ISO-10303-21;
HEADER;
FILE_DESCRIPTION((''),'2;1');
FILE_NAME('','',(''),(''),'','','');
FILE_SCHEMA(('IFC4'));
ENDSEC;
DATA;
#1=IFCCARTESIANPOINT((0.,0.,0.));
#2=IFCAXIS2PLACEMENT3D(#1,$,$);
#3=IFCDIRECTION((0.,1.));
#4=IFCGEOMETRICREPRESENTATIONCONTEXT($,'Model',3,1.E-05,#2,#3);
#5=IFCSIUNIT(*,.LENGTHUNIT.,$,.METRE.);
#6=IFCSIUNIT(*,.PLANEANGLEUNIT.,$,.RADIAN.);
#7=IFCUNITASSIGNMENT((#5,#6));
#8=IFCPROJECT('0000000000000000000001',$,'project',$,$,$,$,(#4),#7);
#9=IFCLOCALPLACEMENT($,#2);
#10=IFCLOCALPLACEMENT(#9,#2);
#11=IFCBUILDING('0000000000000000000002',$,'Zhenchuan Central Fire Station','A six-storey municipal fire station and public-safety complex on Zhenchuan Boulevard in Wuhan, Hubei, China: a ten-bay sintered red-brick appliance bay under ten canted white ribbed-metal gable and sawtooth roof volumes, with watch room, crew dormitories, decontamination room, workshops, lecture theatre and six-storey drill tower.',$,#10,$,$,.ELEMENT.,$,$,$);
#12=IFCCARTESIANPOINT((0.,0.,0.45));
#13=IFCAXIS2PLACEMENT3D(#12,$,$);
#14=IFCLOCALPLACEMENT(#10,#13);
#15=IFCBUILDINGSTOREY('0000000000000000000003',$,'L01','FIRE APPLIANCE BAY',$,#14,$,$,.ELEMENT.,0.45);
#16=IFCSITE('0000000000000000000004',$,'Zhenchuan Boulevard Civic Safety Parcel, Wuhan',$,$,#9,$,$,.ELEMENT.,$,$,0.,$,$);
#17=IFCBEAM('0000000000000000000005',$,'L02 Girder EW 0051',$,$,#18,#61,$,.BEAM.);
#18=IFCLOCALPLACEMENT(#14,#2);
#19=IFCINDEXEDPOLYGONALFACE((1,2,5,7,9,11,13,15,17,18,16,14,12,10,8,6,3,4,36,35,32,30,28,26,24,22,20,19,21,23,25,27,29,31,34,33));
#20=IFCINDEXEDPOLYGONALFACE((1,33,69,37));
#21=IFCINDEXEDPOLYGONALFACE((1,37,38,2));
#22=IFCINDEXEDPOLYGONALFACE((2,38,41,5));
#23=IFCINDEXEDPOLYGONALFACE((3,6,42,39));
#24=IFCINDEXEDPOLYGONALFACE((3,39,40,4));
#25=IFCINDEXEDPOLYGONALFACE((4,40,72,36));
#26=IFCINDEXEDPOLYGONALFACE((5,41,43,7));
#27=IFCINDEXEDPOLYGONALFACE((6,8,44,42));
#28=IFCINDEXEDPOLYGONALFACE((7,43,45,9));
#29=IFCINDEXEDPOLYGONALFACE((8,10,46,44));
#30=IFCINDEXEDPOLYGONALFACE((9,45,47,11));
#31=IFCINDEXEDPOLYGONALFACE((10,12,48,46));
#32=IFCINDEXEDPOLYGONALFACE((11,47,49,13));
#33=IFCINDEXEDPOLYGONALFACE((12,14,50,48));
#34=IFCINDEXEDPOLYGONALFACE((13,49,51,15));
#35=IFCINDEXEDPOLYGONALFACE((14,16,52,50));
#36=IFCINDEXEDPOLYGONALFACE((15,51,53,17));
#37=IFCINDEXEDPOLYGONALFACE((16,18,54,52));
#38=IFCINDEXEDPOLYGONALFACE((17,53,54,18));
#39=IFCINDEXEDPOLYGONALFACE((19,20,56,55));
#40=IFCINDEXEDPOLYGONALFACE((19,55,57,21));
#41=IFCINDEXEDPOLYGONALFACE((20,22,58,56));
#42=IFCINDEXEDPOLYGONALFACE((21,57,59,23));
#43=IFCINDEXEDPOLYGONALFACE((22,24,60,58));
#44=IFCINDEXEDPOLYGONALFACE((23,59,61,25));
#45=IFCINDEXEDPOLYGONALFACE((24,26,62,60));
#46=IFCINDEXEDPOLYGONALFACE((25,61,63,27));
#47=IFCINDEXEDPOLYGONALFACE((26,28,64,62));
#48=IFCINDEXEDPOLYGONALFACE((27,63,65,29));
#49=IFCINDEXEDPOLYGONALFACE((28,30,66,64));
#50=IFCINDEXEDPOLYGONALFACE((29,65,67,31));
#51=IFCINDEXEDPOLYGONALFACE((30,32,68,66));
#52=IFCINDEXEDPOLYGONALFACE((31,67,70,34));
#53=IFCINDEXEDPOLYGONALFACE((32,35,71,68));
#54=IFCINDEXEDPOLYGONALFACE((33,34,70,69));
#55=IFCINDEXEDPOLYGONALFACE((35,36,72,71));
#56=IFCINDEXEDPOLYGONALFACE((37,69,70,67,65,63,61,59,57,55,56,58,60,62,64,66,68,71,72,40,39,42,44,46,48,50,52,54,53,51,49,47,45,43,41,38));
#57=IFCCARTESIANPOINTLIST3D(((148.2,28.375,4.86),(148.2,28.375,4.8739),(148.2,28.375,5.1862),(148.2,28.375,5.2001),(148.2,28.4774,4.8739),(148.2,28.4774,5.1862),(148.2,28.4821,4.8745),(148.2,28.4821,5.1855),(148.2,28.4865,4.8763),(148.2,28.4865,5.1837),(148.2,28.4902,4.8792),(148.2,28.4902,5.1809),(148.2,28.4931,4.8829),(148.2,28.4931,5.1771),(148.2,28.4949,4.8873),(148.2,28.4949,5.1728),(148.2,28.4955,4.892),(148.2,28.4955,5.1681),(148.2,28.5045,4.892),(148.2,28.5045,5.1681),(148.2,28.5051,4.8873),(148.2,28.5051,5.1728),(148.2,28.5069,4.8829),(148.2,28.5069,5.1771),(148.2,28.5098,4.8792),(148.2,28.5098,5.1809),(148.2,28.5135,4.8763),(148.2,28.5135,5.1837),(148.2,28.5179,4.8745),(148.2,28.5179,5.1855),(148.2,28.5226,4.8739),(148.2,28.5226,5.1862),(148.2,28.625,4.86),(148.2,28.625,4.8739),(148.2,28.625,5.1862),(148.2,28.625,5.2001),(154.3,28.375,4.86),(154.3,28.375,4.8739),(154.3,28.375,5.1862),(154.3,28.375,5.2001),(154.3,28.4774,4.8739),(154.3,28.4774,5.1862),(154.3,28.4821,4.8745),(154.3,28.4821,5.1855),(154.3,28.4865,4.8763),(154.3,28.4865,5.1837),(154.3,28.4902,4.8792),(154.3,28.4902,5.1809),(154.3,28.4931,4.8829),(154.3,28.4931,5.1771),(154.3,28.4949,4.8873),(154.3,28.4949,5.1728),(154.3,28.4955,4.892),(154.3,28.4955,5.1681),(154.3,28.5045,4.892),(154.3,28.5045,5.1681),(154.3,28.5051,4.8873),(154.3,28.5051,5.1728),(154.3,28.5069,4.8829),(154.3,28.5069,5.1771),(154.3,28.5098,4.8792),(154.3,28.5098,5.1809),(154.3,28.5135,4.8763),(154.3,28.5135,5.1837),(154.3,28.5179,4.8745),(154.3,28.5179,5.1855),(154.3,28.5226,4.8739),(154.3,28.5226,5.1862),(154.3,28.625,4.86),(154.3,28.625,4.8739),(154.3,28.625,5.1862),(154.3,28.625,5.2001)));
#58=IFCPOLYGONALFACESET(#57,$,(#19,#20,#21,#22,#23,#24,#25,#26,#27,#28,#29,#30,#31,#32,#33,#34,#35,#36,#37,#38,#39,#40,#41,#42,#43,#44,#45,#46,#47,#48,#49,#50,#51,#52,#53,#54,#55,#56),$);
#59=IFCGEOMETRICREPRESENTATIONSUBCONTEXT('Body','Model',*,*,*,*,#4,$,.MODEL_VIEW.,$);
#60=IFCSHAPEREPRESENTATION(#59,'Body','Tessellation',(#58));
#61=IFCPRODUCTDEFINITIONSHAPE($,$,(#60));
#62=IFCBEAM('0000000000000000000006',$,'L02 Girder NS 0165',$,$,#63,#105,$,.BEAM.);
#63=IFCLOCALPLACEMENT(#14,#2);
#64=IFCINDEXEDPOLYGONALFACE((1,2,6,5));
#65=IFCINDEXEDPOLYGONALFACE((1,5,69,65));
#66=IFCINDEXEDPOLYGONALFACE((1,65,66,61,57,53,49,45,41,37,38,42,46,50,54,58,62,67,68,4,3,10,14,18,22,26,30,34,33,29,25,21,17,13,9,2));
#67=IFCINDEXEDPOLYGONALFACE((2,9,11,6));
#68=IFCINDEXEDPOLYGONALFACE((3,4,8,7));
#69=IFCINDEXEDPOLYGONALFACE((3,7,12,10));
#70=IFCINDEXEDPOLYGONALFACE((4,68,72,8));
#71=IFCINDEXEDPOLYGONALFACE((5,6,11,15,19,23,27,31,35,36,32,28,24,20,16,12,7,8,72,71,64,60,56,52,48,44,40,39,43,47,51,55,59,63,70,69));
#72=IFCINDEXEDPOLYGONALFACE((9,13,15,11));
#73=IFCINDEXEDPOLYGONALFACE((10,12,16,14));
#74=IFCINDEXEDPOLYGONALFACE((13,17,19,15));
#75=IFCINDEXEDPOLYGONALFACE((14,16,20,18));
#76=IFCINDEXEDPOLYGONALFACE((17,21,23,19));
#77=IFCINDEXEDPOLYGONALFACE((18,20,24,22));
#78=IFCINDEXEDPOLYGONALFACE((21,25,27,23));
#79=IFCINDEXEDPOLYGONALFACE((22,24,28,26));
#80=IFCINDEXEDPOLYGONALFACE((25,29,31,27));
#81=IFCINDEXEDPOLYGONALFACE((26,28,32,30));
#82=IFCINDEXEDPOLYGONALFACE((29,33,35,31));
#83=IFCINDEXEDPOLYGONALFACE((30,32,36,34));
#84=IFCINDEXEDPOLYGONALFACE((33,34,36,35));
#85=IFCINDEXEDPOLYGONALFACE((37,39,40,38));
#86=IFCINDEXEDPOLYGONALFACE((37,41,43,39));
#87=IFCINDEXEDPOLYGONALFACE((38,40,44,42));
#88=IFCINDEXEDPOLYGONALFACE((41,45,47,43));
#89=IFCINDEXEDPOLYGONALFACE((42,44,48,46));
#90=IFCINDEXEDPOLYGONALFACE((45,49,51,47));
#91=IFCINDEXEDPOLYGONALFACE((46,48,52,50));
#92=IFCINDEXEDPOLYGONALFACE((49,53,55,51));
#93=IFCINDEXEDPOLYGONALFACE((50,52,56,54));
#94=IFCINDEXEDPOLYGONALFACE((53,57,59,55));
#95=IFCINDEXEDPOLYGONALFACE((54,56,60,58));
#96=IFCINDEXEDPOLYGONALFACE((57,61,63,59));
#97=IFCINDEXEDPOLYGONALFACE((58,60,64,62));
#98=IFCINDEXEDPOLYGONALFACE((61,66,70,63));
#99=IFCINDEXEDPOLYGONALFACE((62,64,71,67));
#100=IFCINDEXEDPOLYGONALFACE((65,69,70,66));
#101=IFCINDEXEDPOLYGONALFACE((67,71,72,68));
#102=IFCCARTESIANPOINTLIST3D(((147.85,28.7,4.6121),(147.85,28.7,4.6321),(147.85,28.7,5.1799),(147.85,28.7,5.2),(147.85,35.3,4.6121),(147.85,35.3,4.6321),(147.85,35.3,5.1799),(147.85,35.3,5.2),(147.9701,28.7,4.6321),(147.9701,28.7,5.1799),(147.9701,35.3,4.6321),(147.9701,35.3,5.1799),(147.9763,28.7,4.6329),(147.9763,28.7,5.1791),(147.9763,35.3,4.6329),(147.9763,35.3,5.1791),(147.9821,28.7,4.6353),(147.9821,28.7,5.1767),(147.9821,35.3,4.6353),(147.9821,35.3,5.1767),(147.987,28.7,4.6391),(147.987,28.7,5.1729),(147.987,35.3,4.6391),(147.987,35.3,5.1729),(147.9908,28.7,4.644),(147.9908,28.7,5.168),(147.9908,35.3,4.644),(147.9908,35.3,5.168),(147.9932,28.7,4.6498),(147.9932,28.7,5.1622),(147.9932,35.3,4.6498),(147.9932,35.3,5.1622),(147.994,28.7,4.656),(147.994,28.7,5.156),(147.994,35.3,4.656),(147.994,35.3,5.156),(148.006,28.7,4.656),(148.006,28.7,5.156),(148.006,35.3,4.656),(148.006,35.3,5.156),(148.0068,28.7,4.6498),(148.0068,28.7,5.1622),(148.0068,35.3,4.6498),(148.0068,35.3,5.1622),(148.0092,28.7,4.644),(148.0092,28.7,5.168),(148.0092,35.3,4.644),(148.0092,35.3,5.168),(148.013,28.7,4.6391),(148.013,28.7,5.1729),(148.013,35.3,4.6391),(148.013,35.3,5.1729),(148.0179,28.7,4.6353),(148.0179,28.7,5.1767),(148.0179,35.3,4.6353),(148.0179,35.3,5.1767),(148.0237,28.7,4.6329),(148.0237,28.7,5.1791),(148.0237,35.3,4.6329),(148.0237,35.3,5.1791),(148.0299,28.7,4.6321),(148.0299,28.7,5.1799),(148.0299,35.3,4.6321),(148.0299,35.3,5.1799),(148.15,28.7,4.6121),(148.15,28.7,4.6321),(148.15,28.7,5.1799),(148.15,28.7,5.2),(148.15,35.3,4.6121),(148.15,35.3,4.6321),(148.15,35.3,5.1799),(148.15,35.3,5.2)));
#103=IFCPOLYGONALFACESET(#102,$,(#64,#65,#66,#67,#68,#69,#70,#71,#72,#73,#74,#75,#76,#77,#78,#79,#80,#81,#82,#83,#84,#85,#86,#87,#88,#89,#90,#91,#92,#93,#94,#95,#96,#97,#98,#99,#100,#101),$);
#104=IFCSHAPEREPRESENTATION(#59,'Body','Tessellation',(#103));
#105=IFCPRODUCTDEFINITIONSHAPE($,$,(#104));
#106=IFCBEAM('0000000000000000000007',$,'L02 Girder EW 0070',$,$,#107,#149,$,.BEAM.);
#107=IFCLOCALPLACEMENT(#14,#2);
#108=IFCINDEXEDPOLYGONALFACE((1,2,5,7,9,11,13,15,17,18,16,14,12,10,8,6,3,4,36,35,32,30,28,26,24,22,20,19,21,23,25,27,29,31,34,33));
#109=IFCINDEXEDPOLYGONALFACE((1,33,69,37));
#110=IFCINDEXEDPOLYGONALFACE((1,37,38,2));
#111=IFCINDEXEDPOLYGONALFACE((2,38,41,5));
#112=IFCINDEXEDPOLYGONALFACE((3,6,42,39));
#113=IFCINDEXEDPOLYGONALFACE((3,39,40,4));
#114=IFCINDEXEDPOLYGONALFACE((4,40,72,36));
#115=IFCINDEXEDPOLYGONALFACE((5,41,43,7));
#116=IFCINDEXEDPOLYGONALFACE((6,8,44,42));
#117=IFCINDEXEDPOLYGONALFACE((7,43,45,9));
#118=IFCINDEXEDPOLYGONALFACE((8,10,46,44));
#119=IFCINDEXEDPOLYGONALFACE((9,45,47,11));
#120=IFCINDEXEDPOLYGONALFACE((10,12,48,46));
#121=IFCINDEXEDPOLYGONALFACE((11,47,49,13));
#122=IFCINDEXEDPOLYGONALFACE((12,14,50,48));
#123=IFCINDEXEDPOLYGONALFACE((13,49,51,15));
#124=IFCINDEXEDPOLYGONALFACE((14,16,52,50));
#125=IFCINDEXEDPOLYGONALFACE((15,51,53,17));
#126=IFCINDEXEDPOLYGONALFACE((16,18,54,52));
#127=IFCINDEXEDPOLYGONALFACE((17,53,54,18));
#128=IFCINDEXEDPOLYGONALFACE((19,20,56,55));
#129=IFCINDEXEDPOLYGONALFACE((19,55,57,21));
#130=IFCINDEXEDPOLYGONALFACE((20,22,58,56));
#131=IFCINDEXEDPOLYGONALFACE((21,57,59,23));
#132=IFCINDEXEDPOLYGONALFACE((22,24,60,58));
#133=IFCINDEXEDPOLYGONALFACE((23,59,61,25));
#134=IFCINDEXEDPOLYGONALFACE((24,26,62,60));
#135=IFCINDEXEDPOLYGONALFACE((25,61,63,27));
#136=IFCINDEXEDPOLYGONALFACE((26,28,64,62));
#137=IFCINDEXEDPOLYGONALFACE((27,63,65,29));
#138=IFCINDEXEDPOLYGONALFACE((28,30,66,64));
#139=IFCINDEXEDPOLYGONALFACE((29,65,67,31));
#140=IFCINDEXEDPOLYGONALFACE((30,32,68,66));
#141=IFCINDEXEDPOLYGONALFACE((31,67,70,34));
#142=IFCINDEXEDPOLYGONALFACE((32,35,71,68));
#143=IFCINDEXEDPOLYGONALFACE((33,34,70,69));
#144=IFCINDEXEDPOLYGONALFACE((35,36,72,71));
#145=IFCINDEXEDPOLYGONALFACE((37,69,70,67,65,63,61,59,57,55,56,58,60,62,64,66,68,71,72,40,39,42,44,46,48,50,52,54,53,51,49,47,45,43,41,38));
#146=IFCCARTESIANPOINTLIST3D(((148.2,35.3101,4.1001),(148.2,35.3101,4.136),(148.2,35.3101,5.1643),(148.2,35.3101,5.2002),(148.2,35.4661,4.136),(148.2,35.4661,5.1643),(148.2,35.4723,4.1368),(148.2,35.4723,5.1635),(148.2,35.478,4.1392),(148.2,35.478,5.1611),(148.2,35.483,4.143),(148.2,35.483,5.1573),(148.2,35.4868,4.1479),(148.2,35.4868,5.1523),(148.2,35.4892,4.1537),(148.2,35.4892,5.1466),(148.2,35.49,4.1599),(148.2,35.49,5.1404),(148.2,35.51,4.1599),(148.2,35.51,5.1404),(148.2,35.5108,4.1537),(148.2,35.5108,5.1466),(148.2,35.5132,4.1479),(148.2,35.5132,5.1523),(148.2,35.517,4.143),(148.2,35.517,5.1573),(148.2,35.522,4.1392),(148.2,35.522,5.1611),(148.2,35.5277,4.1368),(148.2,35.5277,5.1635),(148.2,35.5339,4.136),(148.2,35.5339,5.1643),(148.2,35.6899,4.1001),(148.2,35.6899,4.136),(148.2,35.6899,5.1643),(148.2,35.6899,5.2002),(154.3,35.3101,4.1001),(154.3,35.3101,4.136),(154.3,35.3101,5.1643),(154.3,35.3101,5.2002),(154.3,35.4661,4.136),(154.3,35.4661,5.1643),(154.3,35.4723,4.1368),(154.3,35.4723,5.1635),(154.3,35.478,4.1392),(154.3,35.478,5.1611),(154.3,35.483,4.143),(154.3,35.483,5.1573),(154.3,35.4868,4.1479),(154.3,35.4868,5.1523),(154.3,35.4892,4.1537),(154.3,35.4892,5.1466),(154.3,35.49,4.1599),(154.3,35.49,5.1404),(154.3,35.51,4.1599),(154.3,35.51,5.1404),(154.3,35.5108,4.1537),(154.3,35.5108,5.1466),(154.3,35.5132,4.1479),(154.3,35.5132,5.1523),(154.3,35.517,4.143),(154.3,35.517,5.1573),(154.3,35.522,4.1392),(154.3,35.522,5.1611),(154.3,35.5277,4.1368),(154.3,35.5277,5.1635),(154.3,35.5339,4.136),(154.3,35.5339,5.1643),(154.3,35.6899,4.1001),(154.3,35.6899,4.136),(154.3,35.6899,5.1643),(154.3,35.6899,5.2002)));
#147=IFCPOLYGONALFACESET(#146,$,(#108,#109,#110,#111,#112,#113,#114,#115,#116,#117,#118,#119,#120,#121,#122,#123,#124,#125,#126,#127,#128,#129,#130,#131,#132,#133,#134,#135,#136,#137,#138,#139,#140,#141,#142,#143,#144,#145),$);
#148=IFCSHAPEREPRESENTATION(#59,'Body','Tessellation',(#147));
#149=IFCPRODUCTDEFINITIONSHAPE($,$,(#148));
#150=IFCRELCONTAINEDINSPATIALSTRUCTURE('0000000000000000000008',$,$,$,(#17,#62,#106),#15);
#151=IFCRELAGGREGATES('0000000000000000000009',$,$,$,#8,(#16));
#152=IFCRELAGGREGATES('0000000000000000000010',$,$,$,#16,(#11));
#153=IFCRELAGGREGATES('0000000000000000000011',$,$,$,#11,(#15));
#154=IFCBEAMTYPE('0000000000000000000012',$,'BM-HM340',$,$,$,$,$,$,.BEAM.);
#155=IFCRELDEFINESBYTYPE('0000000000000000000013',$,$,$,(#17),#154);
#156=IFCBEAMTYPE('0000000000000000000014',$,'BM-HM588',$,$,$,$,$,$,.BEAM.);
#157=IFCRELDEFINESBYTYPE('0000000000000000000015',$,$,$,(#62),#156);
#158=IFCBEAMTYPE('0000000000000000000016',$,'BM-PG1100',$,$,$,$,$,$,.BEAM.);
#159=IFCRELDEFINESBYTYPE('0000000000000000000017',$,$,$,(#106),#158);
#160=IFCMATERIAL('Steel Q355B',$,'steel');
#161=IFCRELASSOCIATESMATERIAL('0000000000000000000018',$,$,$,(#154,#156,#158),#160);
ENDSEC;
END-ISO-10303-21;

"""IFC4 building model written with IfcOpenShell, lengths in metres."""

from ifc_helpers import new_model, si_unit, direction, frame, origin, origin_2d, place, context, subcontext, project, spatial, i_section, extrude, material, material_profile, profile_set, type_object, element, save


model = new_model("IFC4")

# Units and contexts
model_context = context("Model", 3, precision=1e-05, world=origin(), true_north=direction((0.0, 1.0)))
body_context = subcontext(model_context, "Body", "Model", "MODEL_VIEW")
ifc_project = project(units=[si_unit("LENGTHUNIT", "METRE"), si_unit("PLANEANGLEUNIT", "RADIAN")], contexts=[model_context])

# Site, building, storey
site_placement = place(None, origin())
site = spatial("IfcSite", under=ifc_project, at=site_placement, Name="Zhenchuan Boulevard Civic Safety Parcel, Wuhan", CompositionType="ELEMENT", RefElevation=0.0)
building_placement = place(site_placement, origin())
building = spatial("IfcBuilding", under=site, at=building_placement, Name="Zhenchuan Central Fire Station", Description="A six-storey municipal fire station and public-safety complex on Zhenchuan Boulevard in Wuhan, Hubei, China: a ten-bay sintered red-brick appliance bay under ten canted white ribbed-metal gable and sawtooth roof volumes, with watch room, crew dormitories, decontamination room, workshops, lecture theatre and six-storey drill tower.", CompositionType="ELEMENT")
storey_placement = place(building_placement, frame((0.0, 0.0, 0.45)))
storey = spatial("IfcBuildingStorey", under=building, at=storey_placement, Name="L01", Description="FIRE APPLIANCE BAY", CompositionType="ELEMENT", Elevation=0.45)

# Shared definitions
ifc_material_1 = material(Name="Steel Q355B", Category="steel")

# Beams
ifc_material_profile_1 = material_profile(ifc_material_1, i_section(OverallWidth=0.25, OverallDepth=0.3401, WebThickness=0.009, FlangeThickness=0.0139, FilletRadius=0.0181, at=origin_2d()), Name="HM 340x250")
ifc_profile_set_1 = profile_set([ifc_material_profile_1], Name="Steel Q355B")
beam_type_1 = type_object("IfcBeamType", Name="BM-HM340", PredefinedType="BEAM", material=ifc_profile_set_1)
beam_1_placement = place(storey_placement, frame((148.2, 28.5, 5.03), z_axis=(1.0, 0.0, 0.0), x_axis=(0.0, 1.0, 0.0)))
element("IfcBeam", 1, at=beam_1_placement, inside=storey, type_object=beam_type_1, Name="L02 Girder EW 0051", PredefinedType="BEAM", context=body_context, shape_type="SweptSolid", body=[
    extrude(i_section(OverallWidth=0.25, OverallDepth=0.3401, WebThickness=0.009, FlangeThickness=0.0139, FilletRadius=0.0181, at=origin_2d()), origin(), (0.0, 0.0, 1.0), 6.1001),
])
ifc_material_profile_2 = material_profile(ifc_material_1, i_section(OverallWidth=0.3, OverallDepth=0.5879, WebThickness=0.012, FlangeThickness=0.02, FilletRadius=0.0239, at=origin_2d()), Name="HM 588x300")
ifc_profile_set_2 = profile_set([ifc_material_profile_2], Name="Steel Q355B")
beam_type_2 = type_object("IfcBeamType", Name="BM-HM588", PredefinedType="BEAM", material=ifc_profile_set_2)
beam_2_placement = place(storey_placement, frame((148.0, 28.7, 4.906), z_axis=(0.0, 1.0, 0.0), x_axis=(-1.0, 0.0, 0.0)))
element("IfcBeam", 2, at=beam_2_placement, inside=storey, type_object=beam_type_2, Name="L02 Girder NS 0165", PredefinedType="BEAM", context=body_context, shape_type="SweptSolid", body=[
    extrude(i_section(OverallWidth=0.3, OverallDepth=0.5879, WebThickness=0.012, FlangeThickness=0.02, FilletRadius=0.0239, at=origin_2d()), origin(), (0.0, 0.0, 1.0), 6.6001),
])
ifc_material_profile_3 = material_profile(ifc_material_1, i_section(OverallWidth=0.3799, OverallDepth=1.1001, WebThickness=0.02, FlangeThickness=0.0359, FilletRadius=0.0239, at=origin_2d()), Name="PG 1100x380")
ifc_profile_set_3 = profile_set([ifc_material_profile_3], Name="Steel Q355B")
beam_type_3 = type_object("IfcBeamType", Name="BM-PG1100", PredefinedType="BEAM", material=ifc_profile_set_3)
beam_3_placement = place(storey_placement, frame((148.2, 35.5, 4.6501), z_axis=(1.0, 0.0, 0.0), x_axis=(0.0, 1.0, 0.0)))
element("IfcBeam", 3, at=beam_3_placement, inside=storey, type_object=beam_type_3, Name="L02 Girder EW 0070", PredefinedType="BEAM", context=body_context, shape_type="SweptSolid", body=[
    extrude(i_section(OverallWidth=0.3799, OverallDepth=1.1001, WebThickness=0.02, FlangeThickness=0.0359, FilletRadius=0.0239, at=origin_2d()), origin(), (0.0, 0.0, 1.0), 6.1001),
])

save(model, "model.ifc")
